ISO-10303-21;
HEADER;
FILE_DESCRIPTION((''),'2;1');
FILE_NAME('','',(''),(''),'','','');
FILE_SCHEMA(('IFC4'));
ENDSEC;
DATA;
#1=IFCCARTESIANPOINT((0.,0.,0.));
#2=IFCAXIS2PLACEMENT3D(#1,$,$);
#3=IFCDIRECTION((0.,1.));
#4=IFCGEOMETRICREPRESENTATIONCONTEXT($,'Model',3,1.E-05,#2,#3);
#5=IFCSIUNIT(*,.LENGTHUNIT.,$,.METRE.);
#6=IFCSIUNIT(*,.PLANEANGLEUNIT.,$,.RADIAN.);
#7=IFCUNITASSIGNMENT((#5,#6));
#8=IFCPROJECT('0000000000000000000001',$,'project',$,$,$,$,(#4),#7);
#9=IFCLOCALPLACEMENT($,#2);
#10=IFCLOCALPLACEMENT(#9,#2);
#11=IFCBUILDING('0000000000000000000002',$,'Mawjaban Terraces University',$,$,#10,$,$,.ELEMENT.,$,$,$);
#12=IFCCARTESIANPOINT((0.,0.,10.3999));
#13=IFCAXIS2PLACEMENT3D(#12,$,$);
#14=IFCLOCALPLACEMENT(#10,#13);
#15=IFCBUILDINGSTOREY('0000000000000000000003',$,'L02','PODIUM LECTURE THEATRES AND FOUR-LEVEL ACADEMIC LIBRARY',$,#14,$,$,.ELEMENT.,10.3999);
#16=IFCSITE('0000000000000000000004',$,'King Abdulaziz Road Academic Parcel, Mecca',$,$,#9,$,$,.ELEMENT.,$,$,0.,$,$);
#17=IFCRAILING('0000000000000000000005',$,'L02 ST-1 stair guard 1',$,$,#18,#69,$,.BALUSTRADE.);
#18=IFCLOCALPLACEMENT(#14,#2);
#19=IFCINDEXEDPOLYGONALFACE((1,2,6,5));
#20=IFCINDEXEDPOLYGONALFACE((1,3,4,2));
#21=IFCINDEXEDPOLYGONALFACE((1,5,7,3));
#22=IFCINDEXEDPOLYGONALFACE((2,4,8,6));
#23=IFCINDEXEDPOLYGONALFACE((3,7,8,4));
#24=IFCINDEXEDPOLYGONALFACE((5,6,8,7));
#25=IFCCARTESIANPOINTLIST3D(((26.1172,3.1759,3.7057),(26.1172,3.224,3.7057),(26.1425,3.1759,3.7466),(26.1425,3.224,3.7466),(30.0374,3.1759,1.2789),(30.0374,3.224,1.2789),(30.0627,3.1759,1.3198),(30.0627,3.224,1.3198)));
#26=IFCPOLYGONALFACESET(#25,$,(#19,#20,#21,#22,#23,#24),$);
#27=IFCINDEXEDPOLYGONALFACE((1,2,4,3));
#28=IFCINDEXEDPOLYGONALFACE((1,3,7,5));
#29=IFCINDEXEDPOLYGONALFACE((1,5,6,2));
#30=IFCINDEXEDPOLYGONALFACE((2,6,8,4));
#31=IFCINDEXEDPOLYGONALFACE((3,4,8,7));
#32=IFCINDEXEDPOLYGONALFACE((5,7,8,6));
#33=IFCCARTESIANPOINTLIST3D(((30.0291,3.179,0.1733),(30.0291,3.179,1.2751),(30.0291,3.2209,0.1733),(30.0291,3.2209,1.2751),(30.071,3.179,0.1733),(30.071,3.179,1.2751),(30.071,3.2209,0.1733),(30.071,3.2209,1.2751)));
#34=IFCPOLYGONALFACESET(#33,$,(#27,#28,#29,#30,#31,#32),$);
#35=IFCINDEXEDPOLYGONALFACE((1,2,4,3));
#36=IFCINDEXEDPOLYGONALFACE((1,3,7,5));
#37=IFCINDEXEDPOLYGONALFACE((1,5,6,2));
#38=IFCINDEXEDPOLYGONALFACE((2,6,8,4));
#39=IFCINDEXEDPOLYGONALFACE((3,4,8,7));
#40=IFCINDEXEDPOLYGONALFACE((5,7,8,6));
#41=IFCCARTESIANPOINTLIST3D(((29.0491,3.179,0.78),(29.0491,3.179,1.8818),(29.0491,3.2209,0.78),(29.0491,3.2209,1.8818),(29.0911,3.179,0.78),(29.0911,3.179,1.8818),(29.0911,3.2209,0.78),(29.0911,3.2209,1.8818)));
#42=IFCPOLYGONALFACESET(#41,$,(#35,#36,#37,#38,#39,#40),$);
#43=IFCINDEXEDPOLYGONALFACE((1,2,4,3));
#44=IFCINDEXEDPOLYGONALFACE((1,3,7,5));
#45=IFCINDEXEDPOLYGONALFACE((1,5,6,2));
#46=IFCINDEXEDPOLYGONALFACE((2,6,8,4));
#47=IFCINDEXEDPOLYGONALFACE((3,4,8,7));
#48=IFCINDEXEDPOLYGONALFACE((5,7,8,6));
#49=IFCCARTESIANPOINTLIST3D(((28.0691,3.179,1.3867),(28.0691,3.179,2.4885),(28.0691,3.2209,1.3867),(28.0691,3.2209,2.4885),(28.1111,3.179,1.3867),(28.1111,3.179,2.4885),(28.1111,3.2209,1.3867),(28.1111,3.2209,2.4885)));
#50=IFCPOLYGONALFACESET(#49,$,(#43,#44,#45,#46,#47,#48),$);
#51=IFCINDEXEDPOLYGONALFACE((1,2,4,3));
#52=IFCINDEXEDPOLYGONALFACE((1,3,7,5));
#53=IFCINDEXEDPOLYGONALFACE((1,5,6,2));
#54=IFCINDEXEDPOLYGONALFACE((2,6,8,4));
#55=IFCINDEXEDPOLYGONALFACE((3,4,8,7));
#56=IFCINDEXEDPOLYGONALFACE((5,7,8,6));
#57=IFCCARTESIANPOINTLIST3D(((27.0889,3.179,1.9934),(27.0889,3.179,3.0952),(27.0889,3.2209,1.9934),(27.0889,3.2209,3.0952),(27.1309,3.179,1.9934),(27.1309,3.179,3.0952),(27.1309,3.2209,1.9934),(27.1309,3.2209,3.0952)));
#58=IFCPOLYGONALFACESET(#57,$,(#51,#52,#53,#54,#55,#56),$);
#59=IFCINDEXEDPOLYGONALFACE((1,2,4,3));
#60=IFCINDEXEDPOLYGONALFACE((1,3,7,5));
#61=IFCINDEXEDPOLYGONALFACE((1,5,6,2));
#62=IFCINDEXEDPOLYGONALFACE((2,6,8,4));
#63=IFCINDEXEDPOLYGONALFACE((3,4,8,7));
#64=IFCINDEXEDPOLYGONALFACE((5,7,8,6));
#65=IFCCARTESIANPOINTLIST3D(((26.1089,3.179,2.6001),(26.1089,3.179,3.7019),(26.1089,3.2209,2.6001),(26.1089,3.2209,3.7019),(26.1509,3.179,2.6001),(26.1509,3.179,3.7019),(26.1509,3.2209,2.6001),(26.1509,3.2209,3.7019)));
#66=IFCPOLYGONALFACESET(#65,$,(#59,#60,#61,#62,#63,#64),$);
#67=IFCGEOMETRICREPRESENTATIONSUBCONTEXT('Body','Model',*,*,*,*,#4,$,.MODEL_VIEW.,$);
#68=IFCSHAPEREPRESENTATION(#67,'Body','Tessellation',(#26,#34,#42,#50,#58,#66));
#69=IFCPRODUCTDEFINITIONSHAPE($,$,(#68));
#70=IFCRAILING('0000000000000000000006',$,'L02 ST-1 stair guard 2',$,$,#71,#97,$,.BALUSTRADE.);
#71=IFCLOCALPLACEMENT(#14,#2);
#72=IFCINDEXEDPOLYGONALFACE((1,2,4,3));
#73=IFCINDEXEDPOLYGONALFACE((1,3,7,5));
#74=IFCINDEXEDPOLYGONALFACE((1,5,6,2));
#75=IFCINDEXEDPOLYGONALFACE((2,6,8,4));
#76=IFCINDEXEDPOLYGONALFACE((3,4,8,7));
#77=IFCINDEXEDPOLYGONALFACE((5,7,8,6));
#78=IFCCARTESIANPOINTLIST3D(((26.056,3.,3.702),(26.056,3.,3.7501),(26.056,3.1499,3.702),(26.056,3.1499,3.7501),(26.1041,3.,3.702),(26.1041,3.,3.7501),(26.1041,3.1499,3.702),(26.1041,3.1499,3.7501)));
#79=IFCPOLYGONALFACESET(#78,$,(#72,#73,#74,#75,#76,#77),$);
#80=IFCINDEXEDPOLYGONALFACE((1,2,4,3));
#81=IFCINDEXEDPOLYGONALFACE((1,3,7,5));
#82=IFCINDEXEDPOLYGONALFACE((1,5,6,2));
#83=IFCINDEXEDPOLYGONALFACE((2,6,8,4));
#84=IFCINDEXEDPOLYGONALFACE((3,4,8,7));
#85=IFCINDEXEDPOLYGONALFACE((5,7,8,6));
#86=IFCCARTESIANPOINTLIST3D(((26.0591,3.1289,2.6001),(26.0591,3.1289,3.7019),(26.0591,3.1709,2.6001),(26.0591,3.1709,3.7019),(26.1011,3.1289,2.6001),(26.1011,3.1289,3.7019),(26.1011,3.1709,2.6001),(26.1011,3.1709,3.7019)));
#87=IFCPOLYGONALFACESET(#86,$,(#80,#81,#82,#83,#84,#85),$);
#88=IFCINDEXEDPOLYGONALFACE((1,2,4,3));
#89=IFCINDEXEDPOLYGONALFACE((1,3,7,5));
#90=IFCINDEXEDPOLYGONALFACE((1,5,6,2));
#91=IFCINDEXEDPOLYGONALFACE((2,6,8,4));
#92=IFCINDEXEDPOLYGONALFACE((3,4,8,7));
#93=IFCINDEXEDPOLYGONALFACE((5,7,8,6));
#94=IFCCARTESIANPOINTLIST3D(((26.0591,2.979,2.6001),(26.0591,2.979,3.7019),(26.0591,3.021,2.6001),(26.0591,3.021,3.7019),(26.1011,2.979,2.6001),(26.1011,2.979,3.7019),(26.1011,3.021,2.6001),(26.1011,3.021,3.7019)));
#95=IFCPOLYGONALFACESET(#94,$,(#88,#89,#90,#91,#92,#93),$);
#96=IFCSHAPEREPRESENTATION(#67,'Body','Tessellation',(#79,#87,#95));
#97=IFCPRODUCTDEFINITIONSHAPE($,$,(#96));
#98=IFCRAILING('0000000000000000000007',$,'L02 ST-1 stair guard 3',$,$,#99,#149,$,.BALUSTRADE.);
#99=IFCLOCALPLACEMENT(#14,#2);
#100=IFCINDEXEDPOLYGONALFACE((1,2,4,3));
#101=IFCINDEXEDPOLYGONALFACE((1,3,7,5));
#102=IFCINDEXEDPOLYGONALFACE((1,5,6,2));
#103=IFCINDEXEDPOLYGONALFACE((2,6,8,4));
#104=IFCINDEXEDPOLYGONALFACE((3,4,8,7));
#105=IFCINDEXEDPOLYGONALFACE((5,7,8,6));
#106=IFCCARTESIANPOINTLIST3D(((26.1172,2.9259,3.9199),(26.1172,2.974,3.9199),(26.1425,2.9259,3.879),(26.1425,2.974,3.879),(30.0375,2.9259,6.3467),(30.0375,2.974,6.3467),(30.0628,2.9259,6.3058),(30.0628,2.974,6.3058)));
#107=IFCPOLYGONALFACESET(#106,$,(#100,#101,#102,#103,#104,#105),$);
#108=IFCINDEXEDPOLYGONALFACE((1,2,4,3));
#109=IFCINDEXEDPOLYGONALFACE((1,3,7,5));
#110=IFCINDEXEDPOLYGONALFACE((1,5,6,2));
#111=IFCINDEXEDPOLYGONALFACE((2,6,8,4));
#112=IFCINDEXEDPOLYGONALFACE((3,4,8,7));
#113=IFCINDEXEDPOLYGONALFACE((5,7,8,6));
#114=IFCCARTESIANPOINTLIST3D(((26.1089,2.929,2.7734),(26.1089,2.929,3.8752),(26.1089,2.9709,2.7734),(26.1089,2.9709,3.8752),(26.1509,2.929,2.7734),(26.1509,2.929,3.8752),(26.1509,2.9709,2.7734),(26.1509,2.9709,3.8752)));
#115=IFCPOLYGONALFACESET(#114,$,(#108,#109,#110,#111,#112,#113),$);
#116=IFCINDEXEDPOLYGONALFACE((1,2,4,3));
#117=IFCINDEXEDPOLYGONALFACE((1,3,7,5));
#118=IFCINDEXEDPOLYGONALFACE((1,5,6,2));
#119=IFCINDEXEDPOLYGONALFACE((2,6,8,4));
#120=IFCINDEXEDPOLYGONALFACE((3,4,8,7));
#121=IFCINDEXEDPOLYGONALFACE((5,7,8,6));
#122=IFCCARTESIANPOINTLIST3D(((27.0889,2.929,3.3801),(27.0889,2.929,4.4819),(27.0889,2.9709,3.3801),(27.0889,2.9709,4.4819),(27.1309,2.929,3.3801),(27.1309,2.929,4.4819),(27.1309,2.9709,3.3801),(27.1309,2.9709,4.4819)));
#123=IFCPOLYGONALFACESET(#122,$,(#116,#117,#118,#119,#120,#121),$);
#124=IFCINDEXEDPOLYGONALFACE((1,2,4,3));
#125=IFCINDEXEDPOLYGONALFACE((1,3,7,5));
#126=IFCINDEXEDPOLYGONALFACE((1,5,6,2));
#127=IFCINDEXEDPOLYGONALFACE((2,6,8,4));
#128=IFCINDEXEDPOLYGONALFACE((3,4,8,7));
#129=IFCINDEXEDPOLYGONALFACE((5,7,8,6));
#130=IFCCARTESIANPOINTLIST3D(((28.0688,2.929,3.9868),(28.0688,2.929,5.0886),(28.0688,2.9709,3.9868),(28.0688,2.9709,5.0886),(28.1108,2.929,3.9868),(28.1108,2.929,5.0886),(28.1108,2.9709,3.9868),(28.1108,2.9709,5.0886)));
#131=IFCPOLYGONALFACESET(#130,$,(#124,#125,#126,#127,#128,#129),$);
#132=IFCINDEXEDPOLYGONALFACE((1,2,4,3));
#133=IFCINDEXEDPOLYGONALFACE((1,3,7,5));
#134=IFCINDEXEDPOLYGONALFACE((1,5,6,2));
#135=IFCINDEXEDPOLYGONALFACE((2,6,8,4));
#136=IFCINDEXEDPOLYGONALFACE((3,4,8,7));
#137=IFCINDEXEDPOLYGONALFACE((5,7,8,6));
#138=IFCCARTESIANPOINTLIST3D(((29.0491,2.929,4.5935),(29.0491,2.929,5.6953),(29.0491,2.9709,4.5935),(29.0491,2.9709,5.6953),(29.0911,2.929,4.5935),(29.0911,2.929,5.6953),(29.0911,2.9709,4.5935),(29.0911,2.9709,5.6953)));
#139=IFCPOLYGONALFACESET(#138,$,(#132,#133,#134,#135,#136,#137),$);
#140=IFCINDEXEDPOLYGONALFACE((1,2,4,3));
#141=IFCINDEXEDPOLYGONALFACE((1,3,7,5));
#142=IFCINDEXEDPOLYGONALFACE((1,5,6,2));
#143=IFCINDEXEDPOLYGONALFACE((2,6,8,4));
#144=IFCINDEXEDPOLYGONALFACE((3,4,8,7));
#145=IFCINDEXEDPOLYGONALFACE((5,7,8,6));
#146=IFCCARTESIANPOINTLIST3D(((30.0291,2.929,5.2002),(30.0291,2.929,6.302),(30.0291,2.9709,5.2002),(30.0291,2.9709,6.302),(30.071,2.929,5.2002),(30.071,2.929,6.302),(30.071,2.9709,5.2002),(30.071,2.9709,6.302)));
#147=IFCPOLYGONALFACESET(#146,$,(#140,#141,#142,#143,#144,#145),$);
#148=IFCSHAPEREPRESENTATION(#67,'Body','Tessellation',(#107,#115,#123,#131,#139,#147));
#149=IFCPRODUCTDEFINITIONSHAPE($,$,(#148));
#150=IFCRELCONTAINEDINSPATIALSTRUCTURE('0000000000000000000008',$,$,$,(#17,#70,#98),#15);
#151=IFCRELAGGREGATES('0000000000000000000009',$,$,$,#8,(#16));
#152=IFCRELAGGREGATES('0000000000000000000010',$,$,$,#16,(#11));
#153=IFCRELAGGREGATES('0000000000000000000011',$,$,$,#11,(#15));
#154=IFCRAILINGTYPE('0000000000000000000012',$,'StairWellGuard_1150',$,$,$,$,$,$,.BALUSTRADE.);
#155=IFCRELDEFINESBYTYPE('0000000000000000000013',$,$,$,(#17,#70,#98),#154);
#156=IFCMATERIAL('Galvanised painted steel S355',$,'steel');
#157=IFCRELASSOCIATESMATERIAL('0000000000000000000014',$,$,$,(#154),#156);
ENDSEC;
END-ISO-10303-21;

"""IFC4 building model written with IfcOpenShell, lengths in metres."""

from ifc_helpers import new_model, si_unit, direction, frame, origin, origin_2d, place, context, subcontext, project, spatial, rectangle, extrude, material, type_object, element, save


model = new_model("IFC4")

# Units and contexts
model_context = context("Model", 3, precision=1e-05, world=origin(), true_north=direction((0.0, 1.0)))
body_context = subcontext(model_context, "Body", "Model", "MODEL_VIEW")
ifc_project = project(units=[si_unit("LENGTHUNIT", "METRE"), si_unit("PLANEANGLEUNIT", "RADIAN")], contexts=[model_context])

# Site, building, storey
site_placement = place(None, origin())
site = spatial("IfcSite", under=ifc_project, at=site_placement, Name="King Abdulaziz Road Academic Parcel, Mecca", CompositionType="ELEMENT", RefElevation=0.0)
building_placement = place(site_placement, origin())
building = spatial("IfcBuilding", under=site, at=building_placement, Name="Mawjaban Terraces University", CompositionType="ELEMENT")
storey_placement = place(building_placement, frame((0.0, 0.0, 10.3999)))
storey = spatial("IfcBuildingStorey", under=building, at=storey_placement, Name="L02", Description="PODIUM LECTURE THEATRES AND FOUR-LEVEL ACADEMIC LIBRARY", CompositionType="ELEMENT", Elevation=10.3999)

# Railings
ifc_material_1 = material(Name="Galvanised painted steel S355", Category="steel")
railing_type_1 = type_object("IfcRailingType", Name="StairWellGuard_1150", PredefinedType="BALUSTRADE", material=ifc_material_1)
railing_1_placement = place(storey_placement, frame((30.05, 3.2, 0.1733)))
element("IfcRailing", 1, at=railing_1_placement, inside=storey, type_object=railing_type_1, Name="L02 ST-1 stair guard 1", PredefinedType="BALUSTRADE", context=body_context, shape_type="SweptSolid", body=[
    extrude(rectangle(XDim=0.0481, YDim=0.0481, at=origin_2d()), frame((0.0, 0.0, 1.126), z_axis=(-0.850266, 0.0, 0.526353), x_axis=(0.0, -1.0, 0.0)), (0.0, 0.0, 1.0), 4.6106),
    extrude(rectangle(XDim=0.042, YDim=0.042, at=origin_2d()), origin(), (0.0, 0.0, 1.0), 1.1018),
    extrude(rectangle(XDim=0.042, YDim=0.042, at=origin_2d()), frame((-0.98, 0.0, 0.6067)), (0.0, 0.0, 1.0), 1.1018),
    extrude(rectangle(XDim=0.042, YDim=0.042, at=origin_2d()), frame((-1.96, 0.0, 1.2134)), (0.0, 0.0, 1.0), 1.1018),
    extrude(rectangle(XDim=0.042, YDim=0.042, at=origin_2d()), frame((-2.9402, 0.0, 1.8201)), (0.0, 0.0, 1.0), 1.1018),
    extrude(rectangle(XDim=0.042, YDim=0.042, at=origin_2d()), frame((-3.9202, 0.0, 2.4268)), (0.0, 0.0, 1.0), 1.1018),
])
railing_2_placement = place(storey_placement, frame((26.0801, 3.1499, 2.6001)))
element("IfcRailing", 2, at=railing_2_placement, inside=storey, type_object=railing_type_1, Name="L02 ST-1 stair guard 2", PredefinedType="BALUSTRADE", context=body_context, shape_type="SweptSolid", body=[
    extrude(rectangle(XDim=0.0481, YDim=0.0481, at=origin_2d()), frame((0.0, 0.0, 1.126), z_axis=(0.0, -1.0, 0.0), x_axis=(1.0, 0.0, 0.0)), (0.0, 0.0, 1.0), 0.1499),
    extrude(rectangle(XDim=0.042, YDim=0.042, at=origin_2d()), origin(), (0.0, 0.0, 1.0), 1.1018),
    extrude(rectangle(XDim=0.042, YDim=0.042, at=origin_2d()), frame((0.0, -0.1499, 0.0)), (0.0, 0.0, 1.0), 1.1018),
])
railing_3_placement = place(storey_placement, frame((26.1299, 2.95, 2.7734)))
element("IfcRailing", 3, at=railing_3_placement, inside=storey, type_object=railing_type_1, Name="L02 ST-1 stair guard 3", PredefinedType="BALUSTRADE", context=body_context, shape_type="SweptSolid", body=[
    extrude(rectangle(XDim=0.0481, YDim=0.0481, at=origin_2d()), frame((0.0, 0.0, 1.126), z_axis=(0.850266, 0.0, 0.526353), x_axis=(0.0, 1.0, 0.0)), (0.0, 0.0, 1.0), 4.6106),
    extrude(rectangle(XDim=0.042, YDim=0.042, at=origin_2d()), origin(), (0.0, 0.0, 1.0), 1.1018),
    extrude(rectangle(XDim=0.042, YDim=0.042, at=origin_2d()), frame((0.98, 0.0, 0.6067)), (0.0, 0.0, 1.0), 1.1018),
    extrude(rectangle(XDim=0.042, YDim=0.042, at=origin_2d()), frame((1.96, 0.0, 1.2134)), (0.0, 0.0, 1.0), 1.1018),
    extrude(rectangle(XDim=0.042, YDim=0.042, at=origin_2d()), frame((2.9402, 0.0, 1.8201)), (0.0, 0.0, 1.0), 1.1018),
    extrude(rectangle(XDim=0.042, YDim=0.042, at=origin_2d()), frame((3.9202, 0.0, 2.4268)), (0.0, 0.0, 1.0), 1.1018),
])

save(model, "model.ifc")
